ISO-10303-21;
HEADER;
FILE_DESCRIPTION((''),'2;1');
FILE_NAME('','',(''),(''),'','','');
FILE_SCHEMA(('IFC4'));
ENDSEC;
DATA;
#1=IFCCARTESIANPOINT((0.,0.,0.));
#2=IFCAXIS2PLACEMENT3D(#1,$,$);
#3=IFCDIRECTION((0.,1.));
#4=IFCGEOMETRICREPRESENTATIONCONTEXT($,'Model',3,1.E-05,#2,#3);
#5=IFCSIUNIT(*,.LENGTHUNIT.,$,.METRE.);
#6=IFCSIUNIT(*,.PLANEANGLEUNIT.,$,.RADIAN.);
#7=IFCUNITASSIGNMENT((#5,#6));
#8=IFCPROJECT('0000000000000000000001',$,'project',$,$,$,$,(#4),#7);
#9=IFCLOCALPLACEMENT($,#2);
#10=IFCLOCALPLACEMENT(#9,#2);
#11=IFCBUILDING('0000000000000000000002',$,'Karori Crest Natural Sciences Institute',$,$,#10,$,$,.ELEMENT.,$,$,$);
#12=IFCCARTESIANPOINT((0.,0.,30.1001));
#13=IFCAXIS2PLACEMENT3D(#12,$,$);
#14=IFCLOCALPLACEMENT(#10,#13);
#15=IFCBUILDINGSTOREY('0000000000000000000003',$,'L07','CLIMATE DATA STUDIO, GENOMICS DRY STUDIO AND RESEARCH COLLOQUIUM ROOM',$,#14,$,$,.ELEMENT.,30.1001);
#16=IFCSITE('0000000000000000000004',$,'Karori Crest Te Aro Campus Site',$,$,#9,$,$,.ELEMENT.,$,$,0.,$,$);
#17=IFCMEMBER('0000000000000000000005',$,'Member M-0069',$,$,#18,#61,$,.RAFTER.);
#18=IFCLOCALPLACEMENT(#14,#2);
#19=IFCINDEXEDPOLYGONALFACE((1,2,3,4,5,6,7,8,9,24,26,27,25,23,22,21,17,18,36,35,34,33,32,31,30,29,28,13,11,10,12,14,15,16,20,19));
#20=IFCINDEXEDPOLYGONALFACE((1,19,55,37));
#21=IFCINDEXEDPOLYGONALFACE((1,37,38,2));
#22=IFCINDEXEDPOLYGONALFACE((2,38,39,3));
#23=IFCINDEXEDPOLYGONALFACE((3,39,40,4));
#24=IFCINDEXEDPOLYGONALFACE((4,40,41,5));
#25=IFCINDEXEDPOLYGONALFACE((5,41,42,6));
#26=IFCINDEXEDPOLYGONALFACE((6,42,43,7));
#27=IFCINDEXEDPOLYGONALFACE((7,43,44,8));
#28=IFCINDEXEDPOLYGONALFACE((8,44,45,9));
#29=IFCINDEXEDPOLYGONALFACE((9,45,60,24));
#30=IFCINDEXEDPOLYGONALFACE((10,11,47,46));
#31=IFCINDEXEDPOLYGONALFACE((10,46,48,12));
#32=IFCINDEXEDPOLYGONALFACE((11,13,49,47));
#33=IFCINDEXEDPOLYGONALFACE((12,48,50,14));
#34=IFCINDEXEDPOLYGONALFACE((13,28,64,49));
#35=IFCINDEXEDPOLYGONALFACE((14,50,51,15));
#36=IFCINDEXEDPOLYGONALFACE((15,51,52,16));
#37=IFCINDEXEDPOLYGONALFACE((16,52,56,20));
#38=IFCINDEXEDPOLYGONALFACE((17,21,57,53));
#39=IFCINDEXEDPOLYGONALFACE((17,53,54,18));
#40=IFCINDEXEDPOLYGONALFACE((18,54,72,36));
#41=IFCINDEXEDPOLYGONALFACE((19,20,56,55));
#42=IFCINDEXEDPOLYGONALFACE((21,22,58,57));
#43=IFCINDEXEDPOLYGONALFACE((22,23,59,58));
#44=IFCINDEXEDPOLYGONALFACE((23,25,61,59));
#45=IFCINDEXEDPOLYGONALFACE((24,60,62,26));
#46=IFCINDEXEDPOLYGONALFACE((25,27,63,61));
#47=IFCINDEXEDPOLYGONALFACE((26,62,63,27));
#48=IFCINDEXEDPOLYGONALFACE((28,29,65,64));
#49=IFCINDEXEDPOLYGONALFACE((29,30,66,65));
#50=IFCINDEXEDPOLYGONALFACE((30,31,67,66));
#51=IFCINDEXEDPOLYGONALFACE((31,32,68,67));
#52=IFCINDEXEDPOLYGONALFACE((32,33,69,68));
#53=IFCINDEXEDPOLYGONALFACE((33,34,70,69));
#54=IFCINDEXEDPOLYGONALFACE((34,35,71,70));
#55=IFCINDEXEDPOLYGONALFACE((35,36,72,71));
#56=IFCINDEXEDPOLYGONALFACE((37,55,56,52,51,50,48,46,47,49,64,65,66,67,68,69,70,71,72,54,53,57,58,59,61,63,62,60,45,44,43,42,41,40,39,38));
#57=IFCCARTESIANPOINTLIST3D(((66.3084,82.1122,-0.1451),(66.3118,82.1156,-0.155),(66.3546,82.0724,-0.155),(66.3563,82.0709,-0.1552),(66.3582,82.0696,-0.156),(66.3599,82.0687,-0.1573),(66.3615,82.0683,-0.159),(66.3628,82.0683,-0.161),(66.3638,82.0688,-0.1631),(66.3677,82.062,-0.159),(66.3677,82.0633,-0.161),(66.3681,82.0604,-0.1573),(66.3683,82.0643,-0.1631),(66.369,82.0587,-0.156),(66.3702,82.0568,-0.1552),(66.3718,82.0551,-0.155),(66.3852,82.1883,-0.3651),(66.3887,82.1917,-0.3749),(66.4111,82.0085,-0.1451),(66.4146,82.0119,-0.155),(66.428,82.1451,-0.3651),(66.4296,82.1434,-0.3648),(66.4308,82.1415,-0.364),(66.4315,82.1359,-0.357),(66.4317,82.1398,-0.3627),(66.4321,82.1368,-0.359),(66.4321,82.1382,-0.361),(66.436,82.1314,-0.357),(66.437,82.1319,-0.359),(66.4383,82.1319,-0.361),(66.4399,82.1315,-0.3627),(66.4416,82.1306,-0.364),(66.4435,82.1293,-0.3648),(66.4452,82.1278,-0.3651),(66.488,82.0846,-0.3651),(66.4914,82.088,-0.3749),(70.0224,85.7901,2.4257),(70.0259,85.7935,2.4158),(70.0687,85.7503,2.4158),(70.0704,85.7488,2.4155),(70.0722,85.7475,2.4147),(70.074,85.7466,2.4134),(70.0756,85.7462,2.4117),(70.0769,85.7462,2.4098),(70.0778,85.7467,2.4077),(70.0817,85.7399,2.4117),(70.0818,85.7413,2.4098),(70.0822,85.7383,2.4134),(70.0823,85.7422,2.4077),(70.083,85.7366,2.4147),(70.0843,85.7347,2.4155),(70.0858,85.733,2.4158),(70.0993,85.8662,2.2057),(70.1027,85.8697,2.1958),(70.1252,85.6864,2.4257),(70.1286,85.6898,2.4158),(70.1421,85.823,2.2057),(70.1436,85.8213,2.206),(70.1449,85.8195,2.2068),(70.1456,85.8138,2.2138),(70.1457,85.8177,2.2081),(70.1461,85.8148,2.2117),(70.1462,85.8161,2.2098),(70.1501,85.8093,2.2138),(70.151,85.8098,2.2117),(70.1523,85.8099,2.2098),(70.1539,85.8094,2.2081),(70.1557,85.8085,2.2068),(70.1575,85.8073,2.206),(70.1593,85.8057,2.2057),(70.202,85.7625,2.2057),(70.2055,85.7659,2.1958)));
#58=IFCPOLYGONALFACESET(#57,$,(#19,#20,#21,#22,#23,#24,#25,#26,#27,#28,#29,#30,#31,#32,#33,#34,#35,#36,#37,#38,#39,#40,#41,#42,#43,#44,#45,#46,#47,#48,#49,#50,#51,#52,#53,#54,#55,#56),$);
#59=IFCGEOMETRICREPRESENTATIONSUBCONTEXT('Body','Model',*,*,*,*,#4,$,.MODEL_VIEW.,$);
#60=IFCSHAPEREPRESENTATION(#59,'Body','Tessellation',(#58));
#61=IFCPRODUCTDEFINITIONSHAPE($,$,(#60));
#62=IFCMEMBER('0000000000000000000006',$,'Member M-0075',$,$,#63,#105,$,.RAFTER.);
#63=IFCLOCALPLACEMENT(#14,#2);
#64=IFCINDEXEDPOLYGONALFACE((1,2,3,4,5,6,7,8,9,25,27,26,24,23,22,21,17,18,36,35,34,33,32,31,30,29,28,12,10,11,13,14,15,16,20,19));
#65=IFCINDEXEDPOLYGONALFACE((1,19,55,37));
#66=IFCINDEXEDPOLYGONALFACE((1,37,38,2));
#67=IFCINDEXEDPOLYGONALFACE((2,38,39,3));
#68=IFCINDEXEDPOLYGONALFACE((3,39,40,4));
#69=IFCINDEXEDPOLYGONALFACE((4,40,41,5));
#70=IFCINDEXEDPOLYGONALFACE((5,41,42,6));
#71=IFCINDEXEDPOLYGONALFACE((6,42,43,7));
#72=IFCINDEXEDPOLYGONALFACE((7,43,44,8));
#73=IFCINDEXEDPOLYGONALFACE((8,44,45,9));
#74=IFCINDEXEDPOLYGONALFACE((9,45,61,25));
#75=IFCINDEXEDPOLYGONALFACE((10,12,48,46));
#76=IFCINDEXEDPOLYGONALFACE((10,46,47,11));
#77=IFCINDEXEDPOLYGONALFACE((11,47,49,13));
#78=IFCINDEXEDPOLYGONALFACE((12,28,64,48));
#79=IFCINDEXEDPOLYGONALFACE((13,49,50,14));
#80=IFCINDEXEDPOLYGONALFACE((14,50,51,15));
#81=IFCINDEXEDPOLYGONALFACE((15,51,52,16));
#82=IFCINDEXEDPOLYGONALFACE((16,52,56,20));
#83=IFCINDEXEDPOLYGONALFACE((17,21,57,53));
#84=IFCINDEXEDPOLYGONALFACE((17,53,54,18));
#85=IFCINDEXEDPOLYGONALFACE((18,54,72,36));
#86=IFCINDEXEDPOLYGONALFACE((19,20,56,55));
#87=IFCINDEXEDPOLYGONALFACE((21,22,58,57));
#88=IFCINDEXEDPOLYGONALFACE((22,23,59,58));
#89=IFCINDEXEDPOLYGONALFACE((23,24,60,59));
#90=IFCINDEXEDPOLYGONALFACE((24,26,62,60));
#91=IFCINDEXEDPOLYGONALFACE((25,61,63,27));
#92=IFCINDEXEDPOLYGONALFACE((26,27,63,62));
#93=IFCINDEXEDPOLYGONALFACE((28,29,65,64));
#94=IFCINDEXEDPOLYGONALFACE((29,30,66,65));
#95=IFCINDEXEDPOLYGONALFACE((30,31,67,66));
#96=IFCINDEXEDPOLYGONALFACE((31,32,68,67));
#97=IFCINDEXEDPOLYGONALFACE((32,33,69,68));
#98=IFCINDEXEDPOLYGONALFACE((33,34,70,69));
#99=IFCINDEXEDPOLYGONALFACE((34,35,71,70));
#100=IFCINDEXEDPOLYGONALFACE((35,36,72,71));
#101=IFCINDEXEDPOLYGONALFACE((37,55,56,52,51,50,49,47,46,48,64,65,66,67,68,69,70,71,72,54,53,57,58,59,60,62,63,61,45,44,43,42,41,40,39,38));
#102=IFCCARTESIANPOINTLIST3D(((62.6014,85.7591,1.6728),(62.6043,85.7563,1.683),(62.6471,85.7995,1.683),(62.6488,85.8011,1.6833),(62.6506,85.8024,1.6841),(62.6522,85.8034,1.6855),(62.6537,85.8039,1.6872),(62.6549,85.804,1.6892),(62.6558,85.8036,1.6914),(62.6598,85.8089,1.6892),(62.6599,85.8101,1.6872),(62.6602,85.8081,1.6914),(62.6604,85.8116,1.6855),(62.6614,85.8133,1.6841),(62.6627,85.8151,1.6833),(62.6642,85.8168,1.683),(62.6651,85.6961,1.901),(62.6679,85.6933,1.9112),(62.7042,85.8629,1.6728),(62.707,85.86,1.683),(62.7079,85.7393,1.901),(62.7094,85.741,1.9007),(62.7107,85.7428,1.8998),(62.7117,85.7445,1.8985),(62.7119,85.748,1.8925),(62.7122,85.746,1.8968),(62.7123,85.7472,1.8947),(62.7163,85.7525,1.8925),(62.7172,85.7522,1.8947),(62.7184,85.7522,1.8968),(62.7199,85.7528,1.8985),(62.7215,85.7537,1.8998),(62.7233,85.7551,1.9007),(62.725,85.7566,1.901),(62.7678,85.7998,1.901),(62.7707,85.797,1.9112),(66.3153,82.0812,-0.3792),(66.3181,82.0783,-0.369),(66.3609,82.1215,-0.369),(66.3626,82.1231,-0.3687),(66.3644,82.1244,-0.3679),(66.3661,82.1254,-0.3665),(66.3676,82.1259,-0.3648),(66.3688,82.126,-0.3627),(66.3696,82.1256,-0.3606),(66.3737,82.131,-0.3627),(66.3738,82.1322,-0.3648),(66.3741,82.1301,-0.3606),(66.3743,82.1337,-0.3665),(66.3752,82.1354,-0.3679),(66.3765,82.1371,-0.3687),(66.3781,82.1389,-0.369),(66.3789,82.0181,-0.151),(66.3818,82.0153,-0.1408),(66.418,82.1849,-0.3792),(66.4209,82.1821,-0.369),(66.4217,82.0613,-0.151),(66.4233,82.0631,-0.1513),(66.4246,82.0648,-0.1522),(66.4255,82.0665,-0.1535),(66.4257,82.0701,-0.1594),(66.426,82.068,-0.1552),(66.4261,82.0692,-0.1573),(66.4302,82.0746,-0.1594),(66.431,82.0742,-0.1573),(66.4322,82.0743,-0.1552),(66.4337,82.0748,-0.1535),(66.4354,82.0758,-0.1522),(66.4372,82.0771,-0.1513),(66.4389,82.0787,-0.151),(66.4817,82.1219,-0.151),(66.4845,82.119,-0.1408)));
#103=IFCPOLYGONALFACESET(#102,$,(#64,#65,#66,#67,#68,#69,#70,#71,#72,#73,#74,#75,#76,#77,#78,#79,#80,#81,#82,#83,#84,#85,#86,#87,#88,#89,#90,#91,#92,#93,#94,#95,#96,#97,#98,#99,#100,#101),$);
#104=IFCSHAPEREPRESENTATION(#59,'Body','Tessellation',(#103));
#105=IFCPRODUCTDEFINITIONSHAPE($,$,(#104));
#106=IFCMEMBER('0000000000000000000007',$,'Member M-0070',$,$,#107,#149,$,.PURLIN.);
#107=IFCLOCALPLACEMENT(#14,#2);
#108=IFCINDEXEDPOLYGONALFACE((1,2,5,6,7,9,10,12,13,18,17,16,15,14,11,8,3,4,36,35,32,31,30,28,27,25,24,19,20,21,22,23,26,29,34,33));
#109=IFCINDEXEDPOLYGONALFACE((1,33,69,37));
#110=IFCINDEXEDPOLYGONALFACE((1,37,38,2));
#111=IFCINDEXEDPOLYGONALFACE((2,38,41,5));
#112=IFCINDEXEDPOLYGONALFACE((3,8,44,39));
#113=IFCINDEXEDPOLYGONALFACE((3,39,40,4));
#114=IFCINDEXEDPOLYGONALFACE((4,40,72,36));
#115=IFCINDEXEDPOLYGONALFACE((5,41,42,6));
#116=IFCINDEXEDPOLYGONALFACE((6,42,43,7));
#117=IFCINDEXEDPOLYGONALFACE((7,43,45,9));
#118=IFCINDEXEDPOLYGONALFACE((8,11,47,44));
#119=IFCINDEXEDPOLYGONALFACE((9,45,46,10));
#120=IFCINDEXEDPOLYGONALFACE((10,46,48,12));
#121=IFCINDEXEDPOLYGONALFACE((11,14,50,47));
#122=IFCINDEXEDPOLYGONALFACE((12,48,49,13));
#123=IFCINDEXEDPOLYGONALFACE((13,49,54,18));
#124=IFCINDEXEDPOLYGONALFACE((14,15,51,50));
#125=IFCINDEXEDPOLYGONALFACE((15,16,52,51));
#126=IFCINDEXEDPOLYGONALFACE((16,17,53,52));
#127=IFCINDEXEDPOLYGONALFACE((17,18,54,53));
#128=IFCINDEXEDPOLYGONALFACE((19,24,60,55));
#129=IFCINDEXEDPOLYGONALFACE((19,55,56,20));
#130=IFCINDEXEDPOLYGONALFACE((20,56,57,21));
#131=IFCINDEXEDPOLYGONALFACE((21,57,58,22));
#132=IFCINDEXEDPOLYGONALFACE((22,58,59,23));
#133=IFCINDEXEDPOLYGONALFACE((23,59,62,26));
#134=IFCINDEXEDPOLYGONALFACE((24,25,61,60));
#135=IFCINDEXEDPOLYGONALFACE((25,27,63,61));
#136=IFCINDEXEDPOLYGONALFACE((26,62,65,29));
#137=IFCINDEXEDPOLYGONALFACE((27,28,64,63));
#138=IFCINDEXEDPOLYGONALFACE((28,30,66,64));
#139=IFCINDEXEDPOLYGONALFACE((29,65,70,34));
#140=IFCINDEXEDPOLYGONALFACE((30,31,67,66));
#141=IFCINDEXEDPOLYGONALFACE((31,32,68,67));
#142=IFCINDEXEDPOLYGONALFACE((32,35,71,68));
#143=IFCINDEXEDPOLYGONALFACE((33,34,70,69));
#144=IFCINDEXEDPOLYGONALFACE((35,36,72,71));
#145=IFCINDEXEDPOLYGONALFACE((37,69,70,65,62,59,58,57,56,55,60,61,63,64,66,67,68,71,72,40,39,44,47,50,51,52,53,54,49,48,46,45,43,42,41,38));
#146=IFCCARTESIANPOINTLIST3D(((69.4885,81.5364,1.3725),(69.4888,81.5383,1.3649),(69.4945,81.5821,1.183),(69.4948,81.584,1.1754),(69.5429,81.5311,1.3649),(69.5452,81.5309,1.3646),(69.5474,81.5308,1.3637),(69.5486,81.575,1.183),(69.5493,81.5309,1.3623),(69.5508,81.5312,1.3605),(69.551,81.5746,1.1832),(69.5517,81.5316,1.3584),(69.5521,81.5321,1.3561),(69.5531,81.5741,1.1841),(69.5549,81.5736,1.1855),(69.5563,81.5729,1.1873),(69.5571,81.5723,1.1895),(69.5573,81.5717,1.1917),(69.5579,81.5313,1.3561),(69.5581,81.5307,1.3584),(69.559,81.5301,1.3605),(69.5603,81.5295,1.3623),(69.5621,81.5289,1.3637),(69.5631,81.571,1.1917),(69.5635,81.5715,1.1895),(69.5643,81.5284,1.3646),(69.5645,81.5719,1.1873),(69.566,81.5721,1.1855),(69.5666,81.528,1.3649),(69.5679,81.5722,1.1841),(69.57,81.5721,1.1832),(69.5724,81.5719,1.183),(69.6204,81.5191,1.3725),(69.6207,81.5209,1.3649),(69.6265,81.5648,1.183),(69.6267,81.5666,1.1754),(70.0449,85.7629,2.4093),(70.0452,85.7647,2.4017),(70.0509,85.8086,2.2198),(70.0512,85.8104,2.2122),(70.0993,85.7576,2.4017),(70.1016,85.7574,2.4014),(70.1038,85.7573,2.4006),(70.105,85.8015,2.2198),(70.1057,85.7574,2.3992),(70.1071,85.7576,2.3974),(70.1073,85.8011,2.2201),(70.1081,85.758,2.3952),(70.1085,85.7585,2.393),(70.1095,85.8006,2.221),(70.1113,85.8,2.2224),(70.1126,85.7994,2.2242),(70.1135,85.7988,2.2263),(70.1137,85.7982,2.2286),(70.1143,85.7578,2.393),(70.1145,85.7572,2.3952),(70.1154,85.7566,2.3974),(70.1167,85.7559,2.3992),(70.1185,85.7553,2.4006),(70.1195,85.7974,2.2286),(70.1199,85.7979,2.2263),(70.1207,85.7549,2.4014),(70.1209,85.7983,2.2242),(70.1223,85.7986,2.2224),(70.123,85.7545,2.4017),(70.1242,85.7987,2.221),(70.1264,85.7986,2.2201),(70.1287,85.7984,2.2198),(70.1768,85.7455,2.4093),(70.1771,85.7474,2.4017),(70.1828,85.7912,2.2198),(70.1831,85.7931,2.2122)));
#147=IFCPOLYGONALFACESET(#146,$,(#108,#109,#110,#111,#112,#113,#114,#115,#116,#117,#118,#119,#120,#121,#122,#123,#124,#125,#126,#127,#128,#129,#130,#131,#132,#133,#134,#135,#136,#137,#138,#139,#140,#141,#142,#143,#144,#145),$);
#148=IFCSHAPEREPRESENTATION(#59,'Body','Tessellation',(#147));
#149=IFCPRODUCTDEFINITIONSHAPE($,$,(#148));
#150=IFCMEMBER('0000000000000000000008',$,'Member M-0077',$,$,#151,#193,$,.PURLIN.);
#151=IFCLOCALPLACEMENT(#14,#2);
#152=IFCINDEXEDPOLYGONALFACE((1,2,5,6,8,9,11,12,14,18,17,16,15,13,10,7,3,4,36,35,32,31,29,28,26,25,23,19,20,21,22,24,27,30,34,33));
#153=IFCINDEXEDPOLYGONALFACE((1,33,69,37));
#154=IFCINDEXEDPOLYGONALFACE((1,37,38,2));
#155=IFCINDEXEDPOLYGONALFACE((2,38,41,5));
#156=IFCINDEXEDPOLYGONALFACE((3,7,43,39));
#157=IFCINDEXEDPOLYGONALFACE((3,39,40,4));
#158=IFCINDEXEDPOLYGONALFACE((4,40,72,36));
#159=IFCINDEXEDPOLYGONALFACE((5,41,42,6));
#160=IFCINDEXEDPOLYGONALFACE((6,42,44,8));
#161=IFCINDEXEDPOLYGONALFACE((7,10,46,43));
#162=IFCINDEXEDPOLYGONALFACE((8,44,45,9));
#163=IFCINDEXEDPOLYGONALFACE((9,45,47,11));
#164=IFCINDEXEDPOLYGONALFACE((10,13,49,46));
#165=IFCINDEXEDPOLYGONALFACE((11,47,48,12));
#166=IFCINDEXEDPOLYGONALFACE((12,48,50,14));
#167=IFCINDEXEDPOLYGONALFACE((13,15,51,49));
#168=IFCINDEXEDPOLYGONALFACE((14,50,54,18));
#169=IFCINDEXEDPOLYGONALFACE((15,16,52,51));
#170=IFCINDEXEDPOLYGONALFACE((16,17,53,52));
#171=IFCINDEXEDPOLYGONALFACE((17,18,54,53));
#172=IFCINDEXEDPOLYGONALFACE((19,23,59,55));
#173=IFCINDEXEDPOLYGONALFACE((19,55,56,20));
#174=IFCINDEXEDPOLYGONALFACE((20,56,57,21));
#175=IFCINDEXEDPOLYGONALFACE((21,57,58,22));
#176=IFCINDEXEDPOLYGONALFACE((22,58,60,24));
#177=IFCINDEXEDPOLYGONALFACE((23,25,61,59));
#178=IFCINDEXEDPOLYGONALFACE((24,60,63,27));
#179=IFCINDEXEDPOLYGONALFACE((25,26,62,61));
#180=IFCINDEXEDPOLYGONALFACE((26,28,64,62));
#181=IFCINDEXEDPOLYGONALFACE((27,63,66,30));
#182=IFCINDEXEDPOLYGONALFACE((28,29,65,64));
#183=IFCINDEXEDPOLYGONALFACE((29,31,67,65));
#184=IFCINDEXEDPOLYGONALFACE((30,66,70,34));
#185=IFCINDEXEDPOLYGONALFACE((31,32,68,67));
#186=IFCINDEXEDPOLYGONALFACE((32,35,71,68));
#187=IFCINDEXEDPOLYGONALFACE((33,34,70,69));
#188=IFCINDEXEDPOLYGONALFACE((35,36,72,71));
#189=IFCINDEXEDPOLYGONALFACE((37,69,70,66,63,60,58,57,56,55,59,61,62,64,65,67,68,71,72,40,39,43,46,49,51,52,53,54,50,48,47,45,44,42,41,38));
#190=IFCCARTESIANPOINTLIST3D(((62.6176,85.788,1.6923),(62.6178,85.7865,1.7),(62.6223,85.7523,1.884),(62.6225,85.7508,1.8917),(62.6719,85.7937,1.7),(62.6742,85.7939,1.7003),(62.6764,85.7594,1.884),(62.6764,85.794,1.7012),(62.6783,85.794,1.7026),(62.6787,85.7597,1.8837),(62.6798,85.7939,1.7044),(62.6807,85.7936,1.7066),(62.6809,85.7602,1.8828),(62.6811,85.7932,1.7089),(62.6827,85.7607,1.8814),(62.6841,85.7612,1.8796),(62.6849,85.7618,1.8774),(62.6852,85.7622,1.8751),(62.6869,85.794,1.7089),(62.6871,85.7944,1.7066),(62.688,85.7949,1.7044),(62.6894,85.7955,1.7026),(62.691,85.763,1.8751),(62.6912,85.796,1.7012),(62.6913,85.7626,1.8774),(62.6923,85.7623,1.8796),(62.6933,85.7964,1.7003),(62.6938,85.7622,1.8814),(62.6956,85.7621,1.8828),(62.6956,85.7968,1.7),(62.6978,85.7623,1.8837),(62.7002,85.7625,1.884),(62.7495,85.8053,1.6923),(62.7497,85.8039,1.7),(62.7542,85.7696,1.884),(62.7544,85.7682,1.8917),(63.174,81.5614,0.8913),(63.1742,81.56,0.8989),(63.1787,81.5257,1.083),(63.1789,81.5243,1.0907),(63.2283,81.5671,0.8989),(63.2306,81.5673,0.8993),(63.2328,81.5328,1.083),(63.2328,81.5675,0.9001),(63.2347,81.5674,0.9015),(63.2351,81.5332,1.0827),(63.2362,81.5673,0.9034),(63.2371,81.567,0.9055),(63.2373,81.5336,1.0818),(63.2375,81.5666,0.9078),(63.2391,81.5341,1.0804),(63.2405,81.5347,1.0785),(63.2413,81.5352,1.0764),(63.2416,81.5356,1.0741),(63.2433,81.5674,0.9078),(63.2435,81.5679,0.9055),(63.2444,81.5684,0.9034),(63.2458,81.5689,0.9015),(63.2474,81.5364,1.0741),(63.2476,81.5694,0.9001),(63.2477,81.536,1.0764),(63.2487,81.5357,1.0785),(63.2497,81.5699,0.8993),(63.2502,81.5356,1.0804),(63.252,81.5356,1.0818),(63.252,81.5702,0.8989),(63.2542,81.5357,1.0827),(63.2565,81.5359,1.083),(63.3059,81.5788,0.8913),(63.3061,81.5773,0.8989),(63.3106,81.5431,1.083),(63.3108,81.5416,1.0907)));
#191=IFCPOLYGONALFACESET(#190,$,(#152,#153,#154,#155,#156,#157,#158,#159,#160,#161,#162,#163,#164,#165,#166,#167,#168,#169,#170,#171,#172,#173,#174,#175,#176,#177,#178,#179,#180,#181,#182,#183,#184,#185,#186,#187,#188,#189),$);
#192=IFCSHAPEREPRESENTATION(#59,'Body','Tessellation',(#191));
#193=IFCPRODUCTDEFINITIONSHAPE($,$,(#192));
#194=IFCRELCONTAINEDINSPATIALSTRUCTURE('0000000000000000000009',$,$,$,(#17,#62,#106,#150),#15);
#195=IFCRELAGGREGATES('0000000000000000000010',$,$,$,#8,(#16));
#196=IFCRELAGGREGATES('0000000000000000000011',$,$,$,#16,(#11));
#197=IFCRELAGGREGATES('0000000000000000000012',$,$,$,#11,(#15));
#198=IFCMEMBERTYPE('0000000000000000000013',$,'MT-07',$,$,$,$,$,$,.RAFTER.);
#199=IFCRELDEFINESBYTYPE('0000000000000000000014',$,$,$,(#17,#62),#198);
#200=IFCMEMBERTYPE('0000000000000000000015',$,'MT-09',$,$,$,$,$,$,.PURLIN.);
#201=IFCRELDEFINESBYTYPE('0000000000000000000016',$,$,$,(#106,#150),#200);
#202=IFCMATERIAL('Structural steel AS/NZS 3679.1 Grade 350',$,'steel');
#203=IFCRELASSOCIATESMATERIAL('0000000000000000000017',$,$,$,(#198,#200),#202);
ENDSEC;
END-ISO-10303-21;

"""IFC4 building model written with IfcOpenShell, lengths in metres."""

from ifc_helpers import new_model, si_unit, direction, frame, origin, origin_2d, place, context, subcontext, project, spatial, i_section, extrude, material, material_profile, profile_set, type_object, element, save


model = new_model("IFC4")

# Units and contexts
model_context = context("Model", 3, precision=1e-05, world=origin(), true_north=direction((0.0, 1.0)))
body_context = subcontext(model_context, "Body", "Model", "MODEL_VIEW")
ifc_project = project(units=[si_unit("LENGTHUNIT", "METRE"), si_unit("PLANEANGLEUNIT", "RADIAN")], contexts=[model_context])

# Site, building, storey
site_placement = place(None, origin())
site = spatial("IfcSite", under=ifc_project, at=site_placement, Name="Karori Crest Te Aro Campus Site", CompositionType="ELEMENT", RefElevation=0.0)
building_placement = place(site_placement, origin())
building = spatial("IfcBuilding", under=site, at=building_placement, Name="Karori Crest Natural Sciences Institute", CompositionType="ELEMENT")
storey_placement = place(building_placement, frame((0.0, 0.0, 30.1001)))
storey = spatial("IfcBuildingStorey", under=building, at=storey_placement, Name="L07", Description="CLIMATE DATA STUDIO, GENOMICS DRY STUDIO AND RESEARCH COLLOQUIUM ROOM", CompositionType="ELEMENT", Elevation=30.1001)

# Shared definitions
ifc_material_1 = material(Name="Structural steel AS/NZS 3679.1 Grade 350", Category="steel")

# Members
ifc_material_profile_1 = material_profile(ifc_material_1, i_section(OverallWidth=0.146, OverallDepth=0.2561, WebThickness=0.0063, FlangeThickness=0.011, FilletRadius=0.009, at=origin_2d()), Name="250UB37.3")
ifc_profile_set_1 = profile_set([ifc_material_profile_1], Name="Structural steel AS/NZS 3679.1 Grade 350")
member_type_1 = type_object("IfcMemberType", Name="MT-07", PredefinedType="RAFTER", material=ifc_profile_set_1)
member_1_placement = place(storey_placement, frame((66.3999, 82.1001, -0.26), z_axis=(0.637611, 0.631408, 0.441336), x_axis=(-0.703642, 0.710555, 0.0)))
element("IfcMember", 1, at=member_1_placement, inside=storey, type_object=member_type_1, Name="Member M-0069", PredefinedType="RAFTER", context=body_context, shape_type="SweptSolid", body=[
    extrude(i_section(OverallWidth=0.146, OverallDepth=0.2561, WebThickness=0.0063, FlangeThickness=0.011, FilletRadius=0.009, at=origin_2d()), origin(), (0.0, 0.0, 1.0), 5.825),
])
member_2_placement = place(storey_placement, frame((66.3999, 82.1001, -0.26), z_axis=(-0.661389, 0.654998, 0.365434), x_axis=(-0.703665, -0.710532, 0.0)))
element("IfcMember", 2, at=member_2_placement, inside=storey, type_object=member_type_1, Name="Member M-0075", PredefinedType="RAFTER", context=body_context, shape_type="SweptSolid", body=[
    extrude(i_section(OverallWidth=0.146, OverallDepth=0.2561, WebThickness=0.0063, FlangeThickness=0.011, FilletRadius=0.009, at=origin_2d()), origin(), (0.0, 0.0, 1.0), 5.6152),
])
ifc_material_profile_2 = material_profile(ifc_material_1, i_section(OverallWidth=0.1331, OverallDepth=0.2029, WebThickness=0.0059, FlangeThickness=0.0078, FilletRadius=0.009, at=origin_2d()), Name="200UB25.4")
ifc_profile_set_2 = profile_set([ifc_material_profile_2], Name="Structural steel AS/NZS 3679.1 Grade 350")
member_type_2 = type_object("IfcMemberType", Name="MT-09", PredefinedType="PURLIN", material=ifc_profile_set_2)
member_3_placement = place(storey_placement, frame((69.5576, 81.5515, 1.2739), z_axis=(0.126819, 0.963361, 0.236333), x_axis=(-0.991446, 0.130517, 0.0)))
element("IfcMember", 3, at=member_3_placement, inside=storey, type_object=member_type_2, Name="Member M-0070", PredefinedType="PURLIN", context=body_context, shape_type="SweptSolid", body=[
    extrude(i_section(OverallWidth=0.1331, OverallDepth=0.2029, WebThickness=0.0059, FlangeThickness=0.0078, FilletRadius=0.009, at=origin_2d()), origin(), (0.0, 0.0, 1.0), 4.3872),
])
member_4_placement = place(storey_placement, frame((63.2424, 81.5515, 0.991), z_axis=(-0.128272, 0.974394, 0.184669), x_axis=(-0.991446, -0.130517, 0.0)))
element("IfcMember", 4, at=member_4_placement, inside=storey, type_object=member_type_2, Name="Member M-0077", PredefinedType="PURLIN", context=body_context, shape_type="SweptSolid", body=[
    extrude(i_section(OverallWidth=0.1331, OverallDepth=0.2029, WebThickness=0.0059, FlangeThickness=0.0078, FilletRadius=0.009, at=origin_2d()), origin(), (0.0, 0.0, 1.0), 4.3376),
])

save(model, "model.ifc")
